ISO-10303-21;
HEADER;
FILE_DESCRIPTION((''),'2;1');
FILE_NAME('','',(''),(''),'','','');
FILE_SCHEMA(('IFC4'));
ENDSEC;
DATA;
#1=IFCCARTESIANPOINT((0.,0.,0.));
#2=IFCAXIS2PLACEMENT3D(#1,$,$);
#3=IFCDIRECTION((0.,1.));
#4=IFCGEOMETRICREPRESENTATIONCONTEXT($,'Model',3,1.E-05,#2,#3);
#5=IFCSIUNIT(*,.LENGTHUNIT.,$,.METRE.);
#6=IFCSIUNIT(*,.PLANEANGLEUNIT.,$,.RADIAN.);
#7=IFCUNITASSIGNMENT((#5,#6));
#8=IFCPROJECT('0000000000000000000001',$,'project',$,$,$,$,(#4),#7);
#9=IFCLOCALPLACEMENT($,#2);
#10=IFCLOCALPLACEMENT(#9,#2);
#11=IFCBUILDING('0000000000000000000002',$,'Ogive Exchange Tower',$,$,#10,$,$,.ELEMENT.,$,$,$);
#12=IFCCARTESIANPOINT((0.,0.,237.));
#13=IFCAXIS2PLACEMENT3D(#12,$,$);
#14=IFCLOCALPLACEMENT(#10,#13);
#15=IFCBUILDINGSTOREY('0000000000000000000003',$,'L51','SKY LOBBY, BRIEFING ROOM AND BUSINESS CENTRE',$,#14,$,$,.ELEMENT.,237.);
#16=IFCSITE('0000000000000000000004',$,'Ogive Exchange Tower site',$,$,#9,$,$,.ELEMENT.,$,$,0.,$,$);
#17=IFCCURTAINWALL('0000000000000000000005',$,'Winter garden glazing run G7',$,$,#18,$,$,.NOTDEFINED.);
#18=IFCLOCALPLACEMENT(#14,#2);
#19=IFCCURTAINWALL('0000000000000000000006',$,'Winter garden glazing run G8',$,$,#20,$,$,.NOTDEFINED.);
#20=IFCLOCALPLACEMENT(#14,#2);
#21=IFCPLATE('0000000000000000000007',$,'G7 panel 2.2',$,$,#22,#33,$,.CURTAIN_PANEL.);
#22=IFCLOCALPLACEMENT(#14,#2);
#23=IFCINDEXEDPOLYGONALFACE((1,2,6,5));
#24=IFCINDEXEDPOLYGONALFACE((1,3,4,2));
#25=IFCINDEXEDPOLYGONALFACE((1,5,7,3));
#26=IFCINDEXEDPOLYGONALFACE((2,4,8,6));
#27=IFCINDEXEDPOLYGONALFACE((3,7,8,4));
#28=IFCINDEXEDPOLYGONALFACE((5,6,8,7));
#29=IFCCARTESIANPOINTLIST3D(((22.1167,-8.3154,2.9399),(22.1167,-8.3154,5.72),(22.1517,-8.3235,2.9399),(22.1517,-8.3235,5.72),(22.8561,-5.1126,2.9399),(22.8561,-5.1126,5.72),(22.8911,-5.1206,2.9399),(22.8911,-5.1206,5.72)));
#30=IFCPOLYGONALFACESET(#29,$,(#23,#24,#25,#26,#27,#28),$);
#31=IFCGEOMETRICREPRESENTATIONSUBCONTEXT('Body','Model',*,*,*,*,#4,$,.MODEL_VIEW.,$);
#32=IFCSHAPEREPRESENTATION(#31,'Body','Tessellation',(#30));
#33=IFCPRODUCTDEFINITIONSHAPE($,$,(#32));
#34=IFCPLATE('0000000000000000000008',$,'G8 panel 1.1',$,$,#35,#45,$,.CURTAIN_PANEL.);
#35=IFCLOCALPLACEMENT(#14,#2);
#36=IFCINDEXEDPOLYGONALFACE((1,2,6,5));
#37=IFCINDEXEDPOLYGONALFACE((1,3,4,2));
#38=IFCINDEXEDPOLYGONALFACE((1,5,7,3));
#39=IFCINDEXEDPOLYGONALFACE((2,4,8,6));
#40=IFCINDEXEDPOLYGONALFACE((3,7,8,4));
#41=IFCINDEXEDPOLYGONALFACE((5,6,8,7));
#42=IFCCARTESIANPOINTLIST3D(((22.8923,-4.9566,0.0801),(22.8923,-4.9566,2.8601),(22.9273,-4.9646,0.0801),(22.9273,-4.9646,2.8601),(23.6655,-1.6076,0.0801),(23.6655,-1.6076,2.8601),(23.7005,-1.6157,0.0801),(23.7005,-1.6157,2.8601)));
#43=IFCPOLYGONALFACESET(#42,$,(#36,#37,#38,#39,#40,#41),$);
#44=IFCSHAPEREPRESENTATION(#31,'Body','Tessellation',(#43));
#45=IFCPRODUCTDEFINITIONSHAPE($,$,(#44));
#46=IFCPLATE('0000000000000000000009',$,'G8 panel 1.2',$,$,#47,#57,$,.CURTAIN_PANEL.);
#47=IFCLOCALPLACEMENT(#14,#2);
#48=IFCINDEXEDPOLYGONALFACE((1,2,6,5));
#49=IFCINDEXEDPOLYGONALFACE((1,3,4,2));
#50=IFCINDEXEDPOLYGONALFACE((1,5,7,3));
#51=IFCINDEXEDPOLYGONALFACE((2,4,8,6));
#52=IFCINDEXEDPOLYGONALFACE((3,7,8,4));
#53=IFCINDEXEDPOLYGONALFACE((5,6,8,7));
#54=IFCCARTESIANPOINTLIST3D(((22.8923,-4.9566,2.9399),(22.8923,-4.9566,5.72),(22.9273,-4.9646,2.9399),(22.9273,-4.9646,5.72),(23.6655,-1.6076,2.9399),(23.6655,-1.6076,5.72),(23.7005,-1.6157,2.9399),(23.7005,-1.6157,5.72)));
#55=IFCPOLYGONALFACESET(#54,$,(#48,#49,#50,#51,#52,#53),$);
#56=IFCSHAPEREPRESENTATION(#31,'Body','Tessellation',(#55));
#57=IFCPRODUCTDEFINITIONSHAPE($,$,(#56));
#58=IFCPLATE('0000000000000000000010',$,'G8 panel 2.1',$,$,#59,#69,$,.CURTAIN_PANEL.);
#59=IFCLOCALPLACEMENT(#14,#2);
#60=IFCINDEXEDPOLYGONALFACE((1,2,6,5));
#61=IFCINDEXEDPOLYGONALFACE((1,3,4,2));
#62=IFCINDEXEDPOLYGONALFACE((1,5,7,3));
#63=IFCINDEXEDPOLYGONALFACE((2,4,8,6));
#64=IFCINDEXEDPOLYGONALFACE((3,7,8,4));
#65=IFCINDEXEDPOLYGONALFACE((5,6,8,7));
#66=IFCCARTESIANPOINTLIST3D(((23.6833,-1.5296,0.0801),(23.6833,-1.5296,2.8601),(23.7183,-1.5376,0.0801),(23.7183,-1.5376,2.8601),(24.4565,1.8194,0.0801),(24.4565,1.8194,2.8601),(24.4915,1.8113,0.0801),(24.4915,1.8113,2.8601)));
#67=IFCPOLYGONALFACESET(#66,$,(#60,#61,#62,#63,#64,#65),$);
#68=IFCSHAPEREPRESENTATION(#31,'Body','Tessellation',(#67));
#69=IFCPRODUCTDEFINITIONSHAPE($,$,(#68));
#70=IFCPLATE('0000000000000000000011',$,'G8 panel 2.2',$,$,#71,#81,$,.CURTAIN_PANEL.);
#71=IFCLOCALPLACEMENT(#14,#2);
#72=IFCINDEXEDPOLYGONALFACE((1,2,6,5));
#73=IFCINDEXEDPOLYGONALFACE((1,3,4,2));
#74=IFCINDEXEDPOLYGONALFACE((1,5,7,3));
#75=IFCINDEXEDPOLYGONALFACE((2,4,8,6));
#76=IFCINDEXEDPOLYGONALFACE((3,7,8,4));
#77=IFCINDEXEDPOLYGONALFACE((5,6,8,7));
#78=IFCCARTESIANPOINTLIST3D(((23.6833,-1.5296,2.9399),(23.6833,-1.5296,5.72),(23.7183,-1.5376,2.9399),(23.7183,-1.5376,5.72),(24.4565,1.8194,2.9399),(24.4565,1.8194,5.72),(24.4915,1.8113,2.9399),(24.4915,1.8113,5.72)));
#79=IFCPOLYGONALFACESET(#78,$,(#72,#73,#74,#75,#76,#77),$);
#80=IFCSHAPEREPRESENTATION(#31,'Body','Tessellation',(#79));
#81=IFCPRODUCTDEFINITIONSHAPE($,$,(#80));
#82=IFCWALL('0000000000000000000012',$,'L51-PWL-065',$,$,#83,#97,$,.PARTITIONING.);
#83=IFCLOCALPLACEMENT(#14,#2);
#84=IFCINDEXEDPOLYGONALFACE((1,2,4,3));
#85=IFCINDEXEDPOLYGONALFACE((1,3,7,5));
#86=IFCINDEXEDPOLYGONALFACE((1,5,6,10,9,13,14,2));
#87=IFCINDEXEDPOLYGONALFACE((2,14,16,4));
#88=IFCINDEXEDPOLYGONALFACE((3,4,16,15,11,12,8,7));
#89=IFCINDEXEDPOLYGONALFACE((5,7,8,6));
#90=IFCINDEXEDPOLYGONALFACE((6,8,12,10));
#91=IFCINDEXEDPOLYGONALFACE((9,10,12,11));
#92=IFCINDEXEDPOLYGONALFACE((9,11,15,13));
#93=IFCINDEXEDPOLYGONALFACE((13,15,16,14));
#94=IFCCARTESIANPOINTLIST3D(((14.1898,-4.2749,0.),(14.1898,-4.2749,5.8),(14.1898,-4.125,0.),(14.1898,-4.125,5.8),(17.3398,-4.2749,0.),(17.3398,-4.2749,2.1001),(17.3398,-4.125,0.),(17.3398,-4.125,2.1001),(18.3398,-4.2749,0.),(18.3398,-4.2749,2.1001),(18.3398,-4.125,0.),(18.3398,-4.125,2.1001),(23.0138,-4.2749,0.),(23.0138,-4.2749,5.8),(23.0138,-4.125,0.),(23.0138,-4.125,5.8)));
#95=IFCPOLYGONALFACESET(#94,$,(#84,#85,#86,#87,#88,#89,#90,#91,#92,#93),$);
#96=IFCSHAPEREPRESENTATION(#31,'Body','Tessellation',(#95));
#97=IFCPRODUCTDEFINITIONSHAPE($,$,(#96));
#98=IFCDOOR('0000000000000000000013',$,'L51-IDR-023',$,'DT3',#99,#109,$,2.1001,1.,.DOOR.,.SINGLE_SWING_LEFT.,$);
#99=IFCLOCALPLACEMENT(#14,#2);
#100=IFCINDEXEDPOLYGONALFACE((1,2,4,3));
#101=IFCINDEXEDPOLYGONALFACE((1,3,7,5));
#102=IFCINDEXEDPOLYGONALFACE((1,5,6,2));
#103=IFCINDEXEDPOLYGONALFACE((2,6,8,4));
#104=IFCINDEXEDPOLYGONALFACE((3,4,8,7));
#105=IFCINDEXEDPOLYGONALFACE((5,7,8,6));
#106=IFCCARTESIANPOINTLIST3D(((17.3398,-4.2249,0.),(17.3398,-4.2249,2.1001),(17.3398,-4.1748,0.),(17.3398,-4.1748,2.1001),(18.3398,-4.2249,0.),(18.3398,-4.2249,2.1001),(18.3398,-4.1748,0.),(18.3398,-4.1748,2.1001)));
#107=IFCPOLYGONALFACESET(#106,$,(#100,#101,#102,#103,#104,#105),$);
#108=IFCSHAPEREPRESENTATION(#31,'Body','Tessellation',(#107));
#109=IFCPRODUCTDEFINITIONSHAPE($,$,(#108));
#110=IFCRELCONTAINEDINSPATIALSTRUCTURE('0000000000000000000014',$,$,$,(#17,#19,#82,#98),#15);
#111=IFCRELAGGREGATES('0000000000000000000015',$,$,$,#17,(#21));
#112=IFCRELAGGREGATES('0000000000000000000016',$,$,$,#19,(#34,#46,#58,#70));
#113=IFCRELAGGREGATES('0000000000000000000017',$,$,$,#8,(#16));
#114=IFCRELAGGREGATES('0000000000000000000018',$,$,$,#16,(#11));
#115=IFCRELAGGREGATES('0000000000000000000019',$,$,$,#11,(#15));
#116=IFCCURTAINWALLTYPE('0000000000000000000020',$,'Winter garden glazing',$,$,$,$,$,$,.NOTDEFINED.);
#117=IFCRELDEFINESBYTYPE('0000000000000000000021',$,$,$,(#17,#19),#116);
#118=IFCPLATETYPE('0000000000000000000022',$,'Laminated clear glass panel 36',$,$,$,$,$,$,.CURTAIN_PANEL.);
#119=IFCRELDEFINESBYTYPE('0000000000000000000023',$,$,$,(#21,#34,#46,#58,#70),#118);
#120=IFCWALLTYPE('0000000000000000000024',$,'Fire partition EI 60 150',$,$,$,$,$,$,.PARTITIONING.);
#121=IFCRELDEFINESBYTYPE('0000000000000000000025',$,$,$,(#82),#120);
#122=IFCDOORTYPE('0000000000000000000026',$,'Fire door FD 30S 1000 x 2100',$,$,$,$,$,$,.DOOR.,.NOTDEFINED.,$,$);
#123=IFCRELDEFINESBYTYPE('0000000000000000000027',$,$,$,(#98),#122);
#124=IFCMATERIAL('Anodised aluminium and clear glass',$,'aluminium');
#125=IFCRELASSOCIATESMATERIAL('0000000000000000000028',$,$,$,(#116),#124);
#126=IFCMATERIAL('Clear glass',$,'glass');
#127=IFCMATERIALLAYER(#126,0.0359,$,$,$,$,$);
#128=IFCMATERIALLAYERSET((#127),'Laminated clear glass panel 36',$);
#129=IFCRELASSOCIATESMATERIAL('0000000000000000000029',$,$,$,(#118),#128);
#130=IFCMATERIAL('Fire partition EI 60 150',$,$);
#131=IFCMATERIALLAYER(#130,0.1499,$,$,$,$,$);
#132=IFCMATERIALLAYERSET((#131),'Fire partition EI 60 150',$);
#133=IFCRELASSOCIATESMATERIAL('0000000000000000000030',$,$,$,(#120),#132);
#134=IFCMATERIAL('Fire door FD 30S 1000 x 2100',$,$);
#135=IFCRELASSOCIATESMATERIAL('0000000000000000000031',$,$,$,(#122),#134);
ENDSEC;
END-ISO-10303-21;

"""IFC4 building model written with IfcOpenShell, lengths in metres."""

from ifc_helpers import new_model, si_unit, direction, frame, frame_2d, origin, origin_2d, place, context, subcontext, project, spatial, rectangle, extrude, material, layer, layer_set, type_object, element, fill, aggregate, save


model = new_model("IFC4")

# Units and contexts
model_context = context("Model", 3, precision=1e-05, world=origin(), true_north=direction((0.0, 1.0)))
body_context = subcontext(model_context, "Body", "Model", "MODEL_VIEW")
ifc_project = project(units=[si_unit("LENGTHUNIT", "METRE"), si_unit("PLANEANGLEUNIT", "RADIAN")], contexts=[model_context])

# Site, building, storey
site_placement = place(None, origin())
site = spatial("IfcSite", under=ifc_project, at=site_placement, Name="Ogive Exchange Tower site", CompositionType="ELEMENT", RefElevation=0.0)
building_placement = place(site_placement, origin())
building = spatial("IfcBuilding", under=site, at=building_placement, Name="Ogive Exchange Tower", CompositionType="ELEMENT")
storey_placement = place(building_placement, frame((0.0, 0.0, 237.0)))
storey = spatial("IfcBuildingStorey", under=building, at=storey_placement, Name="L51", Description="SKY LOBBY, BRIEFING ROOM AND BUSINESS CENTRE", CompositionType="ELEMENT", Elevation=237.0)

# Curtain wall
ifc_material_1 = material(Name="Anodised aluminium and clear glass", Category="aluminium")
curtain_wall_type = type_object("IfcCurtainWallType", Name="Winter garden glazing", PredefinedType="NOTDEFINED", material=ifc_material_1)
curtain_wall_1_placement = place(storey_placement, origin())
curtain_wall_1 = element("IfcCurtainWall", 1, at=curtain_wall_1_placement, inside=storey, type_object=curtain_wall_type, Name="Winter garden glazing run G7", PredefinedType="NOTDEFINED")

# Curtain wall
curtain_wall_2_placement = place(storey_placement, origin())
curtain_wall_2 = element("IfcCurtainWall", 2, at=curtain_wall_2_placement, inside=storey, type_object=curtain_wall_type, Name="Winter garden glazing run G8", PredefinedType="NOTDEFINED")

# Plates
ifc_material_2 = material(Name="Clear glass", Category="glass")
ifc_layer_1 = layer(ifc_material_2, 0.0359)
ifc_layer_set_1 = layer_set([ifc_layer_1], Name="Laminated clear glass panel 36")
plate_type = type_object("IfcPlateType", Name="Laminated clear glass panel 36", PredefinedType="CURTAIN_PANEL", material=ifc_layer_set_1)
plate_1_placement = place(storey_placement, frame((22.5039, -6.718, 2.9399), z_axis=(0.0, 0.0, 1.0), x_axis=(0.224952, 0.97437, 0.0)))
plate_1 = element("IfcPlate", 3, at=plate_1_placement, type_object=plate_type, Name="G7 panel 2.2", PredefinedType="CURTAIN_PANEL", context=body_context, shape_type="SweptSolid", body=[
    extrude(rectangle(XDim=3.2871, YDim=0.0359, at=origin_2d()), origin(), (0.0, 0.0, 1.0), 2.78),
])
aggregate(curtain_wall_1, [plate_1])
plate_2_placement = place(storey_placement, frame((23.2964, -3.2861, 0.0801), z_axis=(0.0, 0.0, 1.0), x_axis=(0.224957, 0.974369, 0.0)))
plate_2 = element("IfcPlate", 4, at=plate_2_placement, type_object=plate_type, Name="G8 panel 1.1", PredefinedType="CURTAIN_PANEL", context=body_context, shape_type="SweptSolid", body=[
    extrude(rectangle(XDim=3.437, YDim=0.0359, at=origin_2d()), origin(), (0.0, 0.0, 1.0), 2.78),
])
plate_3_placement = place(storey_placement, frame((23.2964, -3.2861, 2.9399), z_axis=(0.0, 0.0, 1.0), x_axis=(0.224957, 0.974369, 0.0)))
plate_3 = element("IfcPlate", 5, at=plate_3_placement, type_object=plate_type, Name="G8 panel 1.2", PredefinedType="CURTAIN_PANEL", context=body_context, shape_type="SweptSolid", body=[
    extrude(rectangle(XDim=3.437, YDim=0.0359, at=origin_2d()), origin(), (0.0, 0.0, 1.0), 2.78),
])
plate_4_placement = place(storey_placement, frame((24.0874, 0.1409, 0.0801), z_axis=(0.0, 0.0, 1.0), x_axis=(0.224957, 0.974369, 0.0)))
plate_4 = element("IfcPlate", 6, at=plate_4_placement, type_object=plate_type, Name="G8 panel 2.1", PredefinedType="CURTAIN_PANEL", context=body_context, shape_type="SweptSolid", body=[
    extrude(rectangle(XDim=3.437, YDim=0.0359, at=origin_2d()), origin(), (0.0, 0.0, 1.0), 2.78),
])
plate_5_placement = place(storey_placement, frame((24.0874, 0.1409, 2.9399), z_axis=(0.0, 0.0, 1.0), x_axis=(0.224957, 0.974369, 0.0)))
plate_5 = element("IfcPlate", 7, at=plate_5_placement, type_object=plate_type, Name="G8 panel 2.2", PredefinedType="CURTAIN_PANEL", context=body_context, shape_type="SweptSolid", body=[
    extrude(rectangle(XDim=3.437, YDim=0.0359, at=origin_2d()), origin(), (0.0, 0.0, 1.0), 2.78),
])
aggregate(curtain_wall_2, [plate_2, plate_3, plate_4, plate_5])

# Wall, opening, door
ifc_material_3 = material(Name="Fire partition EI 60 150")
ifc_layer_2 = layer(ifc_material_3, 0.1499)
ifc_layer_set_2 = layer_set([ifc_layer_2], Name="Fire partition EI 60 150")
wall_type = type_object("IfcWallType", Name="Fire partition EI 60 150", PredefinedType="PARTITIONING", material=ifc_layer_set_2)
wall_placement = place(storey_placement, frame((23.0139, -4.2, 0.0), z_axis=(0.0, 0.0, 1.0), x_axis=(-1.0, 0.0, 0.0)))
wall = element("IfcWall", 8, at=wall_placement, inside=storey, type_object=wall_type, Name="L51-PWL-065", PredefinedType="PARTITIONING", context=body_context, shape_type="SweptSolid", body=[
    extrude(rectangle(XDim=8.824, YDim=0.1499, at=frame_2d((4.4121, 0.0))), origin(), (0.0, 0.0, 1.0), 5.8),
])
opening_placement = place(wall_placement, frame((4.6741, 0.0, 0.0)))
opening = element("IfcOpeningElement", 9, at=opening_placement, cuts=wall, PredefinedType="OPENING", context=body_context, shape_type="SweptSolid", body=[
    extrude(rectangle(XDim=1.0, YDim=2.1001, at=frame_2d((0.5, 1.05))), frame((0.0, 0.085, 0.0), z_axis=(0.0, -1.0, 0.0), x_axis=(1.0, 0.0, 0.0)), (0.0, 0.0, 1.0), 0.1699),
])
ifc_material_4 = material(Name="Fire door FD 30S 1000 x 2100")
door_type = type_object("IfcDoorType", Name="Fire door FD 30S 1000 x 2100", OperationType="NOTDEFINED", PredefinedType="DOOR", material=ifc_material_4)
door_placement = place(opening_placement, origin())
door = element("IfcDoor", 10, at=door_placement, inside=storey, type_object=door_type, Name="L51-IDR-023", ObjectType="DT3", OperationType="SINGLE_SWING_LEFT", OverallHeight=2.1001, OverallWidth=1.0, PredefinedType="DOOR", context=body_context, shape_type="SweptSolid", body=[
    extrude(rectangle(XDim=1.0, YDim=2.1001, at=frame_2d((0.5, 1.05))), frame((0.0, 0.0249, 0.0), z_axis=(0.0, -1.0, 0.0), x_axis=(1.0, 0.0, 0.0)), (0.0, 0.0, 1.0), 0.05),
])
fill(opening, door)

save(model, "model.ifc")
